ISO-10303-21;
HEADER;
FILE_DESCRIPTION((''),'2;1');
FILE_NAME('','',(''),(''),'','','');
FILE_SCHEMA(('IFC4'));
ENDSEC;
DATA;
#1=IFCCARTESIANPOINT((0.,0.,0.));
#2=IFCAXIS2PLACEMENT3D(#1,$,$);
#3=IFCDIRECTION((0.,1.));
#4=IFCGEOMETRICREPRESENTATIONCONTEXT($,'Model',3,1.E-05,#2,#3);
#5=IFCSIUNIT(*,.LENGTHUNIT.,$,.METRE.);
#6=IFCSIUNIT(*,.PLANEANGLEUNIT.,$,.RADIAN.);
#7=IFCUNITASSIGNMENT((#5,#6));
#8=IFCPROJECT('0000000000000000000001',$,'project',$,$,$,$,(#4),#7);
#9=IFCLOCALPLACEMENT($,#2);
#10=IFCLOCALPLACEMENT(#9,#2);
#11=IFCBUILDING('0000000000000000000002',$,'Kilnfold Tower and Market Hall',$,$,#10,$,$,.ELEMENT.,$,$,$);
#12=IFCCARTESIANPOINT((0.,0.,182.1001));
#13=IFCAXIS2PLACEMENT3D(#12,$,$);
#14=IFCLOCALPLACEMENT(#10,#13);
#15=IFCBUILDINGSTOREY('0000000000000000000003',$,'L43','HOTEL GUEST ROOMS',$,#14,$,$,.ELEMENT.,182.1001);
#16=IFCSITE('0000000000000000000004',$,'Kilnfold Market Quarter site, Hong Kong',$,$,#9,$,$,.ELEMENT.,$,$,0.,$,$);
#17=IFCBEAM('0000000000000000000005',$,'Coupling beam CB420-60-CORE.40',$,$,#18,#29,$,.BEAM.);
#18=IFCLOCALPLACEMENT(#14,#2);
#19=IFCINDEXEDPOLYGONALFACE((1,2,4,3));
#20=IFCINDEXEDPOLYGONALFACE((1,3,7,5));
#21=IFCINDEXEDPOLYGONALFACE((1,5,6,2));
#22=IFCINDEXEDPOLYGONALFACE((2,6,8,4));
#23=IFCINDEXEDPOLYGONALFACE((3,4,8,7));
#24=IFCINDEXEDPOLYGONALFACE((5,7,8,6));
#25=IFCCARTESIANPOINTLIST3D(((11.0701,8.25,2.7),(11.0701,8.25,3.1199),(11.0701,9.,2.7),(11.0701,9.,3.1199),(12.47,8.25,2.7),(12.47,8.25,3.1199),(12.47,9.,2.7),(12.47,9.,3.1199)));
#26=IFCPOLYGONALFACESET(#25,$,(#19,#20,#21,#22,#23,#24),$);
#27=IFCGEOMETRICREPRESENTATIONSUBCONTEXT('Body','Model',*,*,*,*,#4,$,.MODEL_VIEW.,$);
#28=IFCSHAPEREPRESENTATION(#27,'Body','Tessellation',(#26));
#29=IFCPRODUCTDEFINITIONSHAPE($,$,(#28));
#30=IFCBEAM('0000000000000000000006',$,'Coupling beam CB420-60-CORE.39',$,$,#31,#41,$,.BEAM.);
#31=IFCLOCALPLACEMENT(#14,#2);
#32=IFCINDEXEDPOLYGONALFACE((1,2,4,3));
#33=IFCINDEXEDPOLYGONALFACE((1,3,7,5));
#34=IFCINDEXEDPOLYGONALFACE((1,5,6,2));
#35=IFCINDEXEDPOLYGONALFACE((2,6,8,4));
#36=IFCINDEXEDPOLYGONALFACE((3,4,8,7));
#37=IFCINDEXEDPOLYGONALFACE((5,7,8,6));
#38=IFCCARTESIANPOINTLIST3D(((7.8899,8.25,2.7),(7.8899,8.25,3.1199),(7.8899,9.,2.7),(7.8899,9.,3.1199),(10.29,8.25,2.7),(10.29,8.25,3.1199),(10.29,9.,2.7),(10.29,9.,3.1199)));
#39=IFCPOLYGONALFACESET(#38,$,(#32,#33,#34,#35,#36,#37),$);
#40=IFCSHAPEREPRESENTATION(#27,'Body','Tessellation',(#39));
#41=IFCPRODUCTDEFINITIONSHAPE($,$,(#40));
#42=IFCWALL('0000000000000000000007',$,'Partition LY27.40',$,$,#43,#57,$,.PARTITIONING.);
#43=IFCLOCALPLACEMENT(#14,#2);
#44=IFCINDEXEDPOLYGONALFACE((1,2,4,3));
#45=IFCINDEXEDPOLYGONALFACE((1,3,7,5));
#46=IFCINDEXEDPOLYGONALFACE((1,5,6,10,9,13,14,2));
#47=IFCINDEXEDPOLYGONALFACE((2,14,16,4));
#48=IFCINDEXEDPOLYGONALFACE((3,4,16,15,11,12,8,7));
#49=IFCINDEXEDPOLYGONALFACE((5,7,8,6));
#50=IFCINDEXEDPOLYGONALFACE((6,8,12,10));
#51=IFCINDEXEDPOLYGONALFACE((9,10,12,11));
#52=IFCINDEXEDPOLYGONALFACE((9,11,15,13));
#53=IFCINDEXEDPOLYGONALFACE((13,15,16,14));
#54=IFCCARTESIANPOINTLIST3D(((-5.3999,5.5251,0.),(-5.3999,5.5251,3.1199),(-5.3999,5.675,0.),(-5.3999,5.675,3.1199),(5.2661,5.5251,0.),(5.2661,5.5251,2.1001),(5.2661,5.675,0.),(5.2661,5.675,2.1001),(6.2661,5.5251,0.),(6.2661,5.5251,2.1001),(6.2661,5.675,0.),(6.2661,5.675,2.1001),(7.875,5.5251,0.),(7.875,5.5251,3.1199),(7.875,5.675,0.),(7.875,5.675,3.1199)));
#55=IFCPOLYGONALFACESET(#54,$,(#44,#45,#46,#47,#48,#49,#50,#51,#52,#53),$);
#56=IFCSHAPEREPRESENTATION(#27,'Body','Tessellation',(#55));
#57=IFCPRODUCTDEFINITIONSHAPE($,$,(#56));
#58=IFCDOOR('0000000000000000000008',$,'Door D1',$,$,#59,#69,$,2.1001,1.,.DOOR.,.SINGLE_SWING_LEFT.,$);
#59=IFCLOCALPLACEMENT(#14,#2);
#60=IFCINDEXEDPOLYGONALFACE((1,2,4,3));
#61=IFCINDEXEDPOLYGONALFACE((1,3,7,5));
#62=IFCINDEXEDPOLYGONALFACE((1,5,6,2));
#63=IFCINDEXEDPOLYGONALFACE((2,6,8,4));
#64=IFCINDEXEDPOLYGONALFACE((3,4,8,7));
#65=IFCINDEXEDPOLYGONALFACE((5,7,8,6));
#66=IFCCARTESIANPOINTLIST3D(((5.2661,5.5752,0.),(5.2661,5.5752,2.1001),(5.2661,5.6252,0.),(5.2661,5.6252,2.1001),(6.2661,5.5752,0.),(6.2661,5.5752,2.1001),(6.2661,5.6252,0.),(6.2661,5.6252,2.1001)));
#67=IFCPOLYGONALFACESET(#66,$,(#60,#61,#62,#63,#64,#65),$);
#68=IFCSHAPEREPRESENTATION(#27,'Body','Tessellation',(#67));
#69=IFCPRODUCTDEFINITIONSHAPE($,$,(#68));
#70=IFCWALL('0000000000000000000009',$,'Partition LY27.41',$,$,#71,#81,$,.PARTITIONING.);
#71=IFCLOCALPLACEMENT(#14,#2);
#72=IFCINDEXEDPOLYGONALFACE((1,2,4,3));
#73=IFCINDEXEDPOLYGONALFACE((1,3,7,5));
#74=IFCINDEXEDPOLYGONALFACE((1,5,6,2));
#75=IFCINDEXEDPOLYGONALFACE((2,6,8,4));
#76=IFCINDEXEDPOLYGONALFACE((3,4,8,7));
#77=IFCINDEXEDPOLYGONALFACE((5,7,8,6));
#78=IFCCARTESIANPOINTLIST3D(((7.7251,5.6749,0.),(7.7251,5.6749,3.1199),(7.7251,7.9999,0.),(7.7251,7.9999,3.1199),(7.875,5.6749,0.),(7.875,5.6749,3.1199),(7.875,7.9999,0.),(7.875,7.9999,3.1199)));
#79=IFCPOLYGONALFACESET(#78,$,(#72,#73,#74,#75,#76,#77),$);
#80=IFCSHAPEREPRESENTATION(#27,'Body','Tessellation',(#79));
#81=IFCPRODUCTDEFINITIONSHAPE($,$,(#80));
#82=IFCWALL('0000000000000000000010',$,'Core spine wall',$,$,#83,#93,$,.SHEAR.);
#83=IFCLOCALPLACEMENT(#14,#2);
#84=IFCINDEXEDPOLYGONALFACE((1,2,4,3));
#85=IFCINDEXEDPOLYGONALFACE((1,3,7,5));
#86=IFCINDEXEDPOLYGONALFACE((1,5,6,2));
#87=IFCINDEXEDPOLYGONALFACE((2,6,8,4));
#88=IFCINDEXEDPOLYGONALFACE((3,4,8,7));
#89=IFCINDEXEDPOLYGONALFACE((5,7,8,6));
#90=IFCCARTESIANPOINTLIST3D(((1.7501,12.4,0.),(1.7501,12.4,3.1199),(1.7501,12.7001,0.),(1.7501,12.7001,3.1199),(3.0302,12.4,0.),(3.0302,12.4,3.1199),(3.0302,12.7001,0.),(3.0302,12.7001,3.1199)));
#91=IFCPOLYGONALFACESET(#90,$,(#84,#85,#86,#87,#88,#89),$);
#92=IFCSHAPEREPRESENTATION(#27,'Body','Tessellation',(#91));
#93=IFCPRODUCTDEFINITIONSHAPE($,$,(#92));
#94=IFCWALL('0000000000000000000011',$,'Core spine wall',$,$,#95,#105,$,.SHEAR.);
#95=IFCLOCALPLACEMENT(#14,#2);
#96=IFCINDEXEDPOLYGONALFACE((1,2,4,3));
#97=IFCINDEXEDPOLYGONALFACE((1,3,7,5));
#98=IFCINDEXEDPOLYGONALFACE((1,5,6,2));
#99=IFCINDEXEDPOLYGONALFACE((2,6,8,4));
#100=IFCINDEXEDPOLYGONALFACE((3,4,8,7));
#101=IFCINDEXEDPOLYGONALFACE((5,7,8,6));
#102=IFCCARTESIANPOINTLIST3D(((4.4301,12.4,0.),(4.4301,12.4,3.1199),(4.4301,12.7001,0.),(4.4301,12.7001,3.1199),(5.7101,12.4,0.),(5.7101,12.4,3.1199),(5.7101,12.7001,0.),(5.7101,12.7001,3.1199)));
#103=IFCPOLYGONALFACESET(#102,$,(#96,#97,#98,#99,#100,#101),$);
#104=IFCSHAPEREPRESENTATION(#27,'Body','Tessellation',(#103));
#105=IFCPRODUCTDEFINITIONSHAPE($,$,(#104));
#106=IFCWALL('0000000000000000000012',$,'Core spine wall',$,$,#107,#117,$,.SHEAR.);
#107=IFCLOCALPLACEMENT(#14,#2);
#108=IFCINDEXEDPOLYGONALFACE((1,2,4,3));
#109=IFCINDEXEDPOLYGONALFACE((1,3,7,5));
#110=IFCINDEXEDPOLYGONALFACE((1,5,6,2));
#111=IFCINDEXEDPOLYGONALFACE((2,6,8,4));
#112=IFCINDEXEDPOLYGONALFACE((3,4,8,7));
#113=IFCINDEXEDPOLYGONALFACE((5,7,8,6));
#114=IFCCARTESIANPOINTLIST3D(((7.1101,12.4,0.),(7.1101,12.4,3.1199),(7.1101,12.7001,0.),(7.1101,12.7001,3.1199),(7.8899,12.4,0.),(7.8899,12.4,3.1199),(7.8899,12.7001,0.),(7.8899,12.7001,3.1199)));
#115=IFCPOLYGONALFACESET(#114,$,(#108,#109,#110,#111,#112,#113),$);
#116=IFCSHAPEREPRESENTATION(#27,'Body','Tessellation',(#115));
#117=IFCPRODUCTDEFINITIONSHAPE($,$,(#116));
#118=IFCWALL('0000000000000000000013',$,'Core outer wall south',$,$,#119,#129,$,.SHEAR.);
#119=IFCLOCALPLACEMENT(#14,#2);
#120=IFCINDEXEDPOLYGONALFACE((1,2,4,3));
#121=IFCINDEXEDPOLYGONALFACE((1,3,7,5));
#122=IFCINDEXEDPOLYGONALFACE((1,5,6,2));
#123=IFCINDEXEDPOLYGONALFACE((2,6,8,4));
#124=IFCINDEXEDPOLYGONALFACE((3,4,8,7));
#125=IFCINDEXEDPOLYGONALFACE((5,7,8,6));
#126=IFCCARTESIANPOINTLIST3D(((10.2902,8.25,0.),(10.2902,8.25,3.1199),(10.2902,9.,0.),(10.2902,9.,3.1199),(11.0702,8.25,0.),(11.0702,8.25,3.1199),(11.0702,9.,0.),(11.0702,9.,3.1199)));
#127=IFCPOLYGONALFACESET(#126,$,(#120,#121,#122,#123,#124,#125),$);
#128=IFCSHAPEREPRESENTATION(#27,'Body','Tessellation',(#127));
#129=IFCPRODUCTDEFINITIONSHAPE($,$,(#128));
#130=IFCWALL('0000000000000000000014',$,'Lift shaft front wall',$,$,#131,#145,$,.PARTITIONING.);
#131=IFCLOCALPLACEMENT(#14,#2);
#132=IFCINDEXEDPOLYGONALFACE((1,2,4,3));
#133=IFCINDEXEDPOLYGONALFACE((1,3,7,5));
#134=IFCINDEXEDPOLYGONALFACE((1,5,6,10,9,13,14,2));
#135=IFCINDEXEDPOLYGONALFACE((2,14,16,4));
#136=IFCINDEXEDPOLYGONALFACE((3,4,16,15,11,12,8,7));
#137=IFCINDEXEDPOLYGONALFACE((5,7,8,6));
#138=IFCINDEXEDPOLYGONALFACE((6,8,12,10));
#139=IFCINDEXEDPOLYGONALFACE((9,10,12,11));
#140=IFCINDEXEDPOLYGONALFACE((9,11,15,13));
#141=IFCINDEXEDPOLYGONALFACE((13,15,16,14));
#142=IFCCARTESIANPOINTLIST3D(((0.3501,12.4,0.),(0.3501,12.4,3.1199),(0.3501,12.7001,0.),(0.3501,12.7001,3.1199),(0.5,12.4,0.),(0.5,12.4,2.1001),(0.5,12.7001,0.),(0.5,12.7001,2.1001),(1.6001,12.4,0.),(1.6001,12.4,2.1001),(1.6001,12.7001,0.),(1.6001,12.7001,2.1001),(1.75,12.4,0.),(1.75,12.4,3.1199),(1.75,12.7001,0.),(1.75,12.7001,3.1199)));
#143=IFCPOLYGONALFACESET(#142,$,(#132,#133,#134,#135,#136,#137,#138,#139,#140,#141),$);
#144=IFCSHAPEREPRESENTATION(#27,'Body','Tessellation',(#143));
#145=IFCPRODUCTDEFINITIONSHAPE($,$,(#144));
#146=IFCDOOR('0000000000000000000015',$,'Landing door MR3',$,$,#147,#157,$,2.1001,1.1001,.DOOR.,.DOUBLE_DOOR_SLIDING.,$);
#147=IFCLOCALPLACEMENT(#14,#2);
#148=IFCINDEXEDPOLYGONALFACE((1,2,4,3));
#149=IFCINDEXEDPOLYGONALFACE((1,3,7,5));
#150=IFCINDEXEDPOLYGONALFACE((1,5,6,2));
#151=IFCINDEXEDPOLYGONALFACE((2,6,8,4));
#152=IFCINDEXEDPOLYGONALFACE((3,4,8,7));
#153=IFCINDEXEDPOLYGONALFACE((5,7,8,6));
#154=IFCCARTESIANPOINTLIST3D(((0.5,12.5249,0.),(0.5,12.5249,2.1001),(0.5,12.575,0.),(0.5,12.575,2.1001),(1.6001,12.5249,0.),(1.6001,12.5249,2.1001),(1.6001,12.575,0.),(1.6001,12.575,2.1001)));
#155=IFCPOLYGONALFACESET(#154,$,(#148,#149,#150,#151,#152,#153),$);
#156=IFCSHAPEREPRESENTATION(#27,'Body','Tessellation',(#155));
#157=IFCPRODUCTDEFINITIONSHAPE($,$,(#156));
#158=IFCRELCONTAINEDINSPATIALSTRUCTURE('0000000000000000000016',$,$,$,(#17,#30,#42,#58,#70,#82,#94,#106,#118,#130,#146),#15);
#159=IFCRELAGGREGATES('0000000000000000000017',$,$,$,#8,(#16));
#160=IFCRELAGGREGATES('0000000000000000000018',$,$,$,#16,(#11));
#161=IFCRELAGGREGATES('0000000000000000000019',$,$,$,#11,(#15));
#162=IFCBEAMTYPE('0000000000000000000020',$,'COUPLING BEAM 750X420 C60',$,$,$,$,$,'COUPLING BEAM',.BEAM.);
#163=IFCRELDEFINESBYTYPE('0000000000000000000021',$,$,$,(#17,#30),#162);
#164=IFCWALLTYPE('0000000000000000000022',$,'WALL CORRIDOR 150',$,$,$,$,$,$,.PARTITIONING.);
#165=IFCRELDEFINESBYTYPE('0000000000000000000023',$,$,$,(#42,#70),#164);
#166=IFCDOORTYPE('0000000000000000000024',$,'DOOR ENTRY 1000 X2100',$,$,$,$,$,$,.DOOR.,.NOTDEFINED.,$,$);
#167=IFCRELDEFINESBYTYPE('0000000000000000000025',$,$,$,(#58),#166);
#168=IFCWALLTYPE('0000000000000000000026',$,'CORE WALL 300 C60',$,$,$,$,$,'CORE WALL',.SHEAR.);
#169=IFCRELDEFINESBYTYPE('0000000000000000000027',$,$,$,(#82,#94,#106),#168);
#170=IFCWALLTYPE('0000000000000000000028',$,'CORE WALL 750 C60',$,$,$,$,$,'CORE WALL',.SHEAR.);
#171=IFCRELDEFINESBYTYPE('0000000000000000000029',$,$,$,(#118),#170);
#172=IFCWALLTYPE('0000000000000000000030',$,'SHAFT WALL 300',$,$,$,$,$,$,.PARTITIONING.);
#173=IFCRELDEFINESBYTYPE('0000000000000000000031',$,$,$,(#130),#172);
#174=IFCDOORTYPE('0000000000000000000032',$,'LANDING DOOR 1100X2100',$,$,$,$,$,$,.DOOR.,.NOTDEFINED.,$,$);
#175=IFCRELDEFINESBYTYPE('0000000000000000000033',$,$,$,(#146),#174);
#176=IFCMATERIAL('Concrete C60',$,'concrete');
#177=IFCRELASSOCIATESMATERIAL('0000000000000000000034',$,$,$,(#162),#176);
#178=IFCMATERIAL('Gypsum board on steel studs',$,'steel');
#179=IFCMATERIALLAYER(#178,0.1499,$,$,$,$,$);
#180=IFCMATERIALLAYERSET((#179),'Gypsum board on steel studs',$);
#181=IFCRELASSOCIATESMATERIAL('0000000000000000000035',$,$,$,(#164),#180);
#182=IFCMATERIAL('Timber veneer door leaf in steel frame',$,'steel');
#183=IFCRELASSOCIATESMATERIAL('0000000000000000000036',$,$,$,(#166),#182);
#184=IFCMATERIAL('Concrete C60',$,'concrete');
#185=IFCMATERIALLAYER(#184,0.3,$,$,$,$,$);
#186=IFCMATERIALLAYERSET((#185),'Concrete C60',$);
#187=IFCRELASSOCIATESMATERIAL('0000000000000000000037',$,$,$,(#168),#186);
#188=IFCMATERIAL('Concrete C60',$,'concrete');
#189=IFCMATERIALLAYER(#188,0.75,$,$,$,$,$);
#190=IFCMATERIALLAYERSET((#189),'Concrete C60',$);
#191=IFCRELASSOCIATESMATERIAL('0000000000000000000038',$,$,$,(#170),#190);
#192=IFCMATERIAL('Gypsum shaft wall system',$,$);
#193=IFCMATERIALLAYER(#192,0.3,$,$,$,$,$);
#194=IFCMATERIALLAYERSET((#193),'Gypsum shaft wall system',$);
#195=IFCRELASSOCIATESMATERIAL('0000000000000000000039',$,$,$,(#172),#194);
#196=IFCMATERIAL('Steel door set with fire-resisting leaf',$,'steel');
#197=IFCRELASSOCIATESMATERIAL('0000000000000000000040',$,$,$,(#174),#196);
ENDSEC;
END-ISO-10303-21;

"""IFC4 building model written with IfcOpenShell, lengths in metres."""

from ifc_helpers import new_model, si_unit, direction, frame, frame_2d, origin, origin_2d, place, context, subcontext, project, spatial, rectangle, extrude, source, transform, mapped, material, layer, layer_set, material_profile, profile_set, type_object, element, fill, save


model = new_model("IFC4")

# Units and contexts
model_context = context("Model", 3, precision=1e-05, world=origin(), true_north=direction((0.0, 1.0)))
body_context = subcontext(model_context, "Body", "Model", "MODEL_VIEW")
ifc_project = project(units=[si_unit("LENGTHUNIT", "METRE"), si_unit("PLANEANGLEUNIT", "RADIAN")], contexts=[model_context])

# Site, building, storey
site_placement = place(None, origin())
site = spatial("IfcSite", under=ifc_project, at=site_placement, Name="Kilnfold Market Quarter site, Hong Kong", CompositionType="ELEMENT", RefElevation=0.0)
building_placement = place(site_placement, origin())
building = spatial("IfcBuilding", under=site, at=building_placement, Name="Kilnfold Tower and Market Hall", CompositionType="ELEMENT")
storey_placement = place(building_placement, frame((0.0, 0.0, 182.1001)))
storey = spatial("IfcBuildingStorey", under=building, at=storey_placement, Name="L43", Description="HOTEL GUEST ROOMS", CompositionType="ELEMENT", Elevation=182.1001)

# Beams
ifc_material_1 = material(Name="Concrete C60", Category="concrete")
ifc_material_profile = material_profile(ifc_material_1, rectangle(XDim=0.75, YDim=0.4199, at=origin_2d()), Name="RC 750x420")
ifc_profile_set = profile_set([ifc_material_profile], Name="Concrete C60")
beam_type = type_object("IfcBeamType", Name="COUPLING BEAM 750X420 C60", ElementType="COUPLING BEAM", PredefinedType="BEAM", material=ifc_profile_set)
shared_shape_1 = source(origin(), body_context, "Body", "SweptSolid", [
    extrude(rectangle(XDim=0.75, YDim=0.4199, at=origin_2d()), origin(), (0.0, 0.0, 1.0), 1.3999),
])
beam_1_placement = place(storey_placement, frame((11.0701, 8.625, 2.9099), z_axis=(1.0, 0.0, 0.0), x_axis=(0.0, 1.0, 0.0)))
element("IfcBeam", 1, at=beam_1_placement, inside=storey, type_object=beam_type, Name="Coupling beam CB420-60-CORE.40", PredefinedType="BEAM", context=body_context, shape_type="MappedRepresentation", body=[
    mapped(shared_shape_1, transform((0.0, 0.0, 0.0))),
])
shared_shape_2 = source(origin(), body_context, "Body", "SweptSolid", [
    extrude(rectangle(XDim=0.75, YDim=0.4199, at=origin_2d()), origin(), (0.0, 0.0, 1.0), 2.4001),
])
beam_2_placement = place(storey_placement, frame((7.8899, 8.625, 2.9099), z_axis=(1.0, 0.0, 0.0), x_axis=(0.0, 1.0, 0.0)))
element("IfcBeam", 2, at=beam_2_placement, inside=storey, type_object=beam_type, Name="Coupling beam CB420-60-CORE.39", PredefinedType="BEAM", context=body_context, shape_type="MappedRepresentation", body=[
    mapped(shared_shape_2, transform((0.0, 0.0, 0.0))),
])

# Wall, opening, door
ifc_material_2 = material(Name="Gypsum board on steel studs", Category="steel")
ifc_layer_1 = layer(ifc_material_2, 0.1499)
ifc_layer_set_1 = layer_set([ifc_layer_1], Name="Gypsum board on steel studs")
wall_type_1 = type_object("IfcWallType", Name="WALL CORRIDOR 150", PredefinedType="PARTITIONING", material=ifc_layer_set_1)
wall_1_placement = place(storey_placement, frame((7.875, 5.6001, 0.0), z_axis=(0.0, 0.0, 1.0), x_axis=(-1.0, 0.0, 0.0)))
wall_1 = element("IfcWall", 3, at=wall_1_placement, inside=storey, type_object=wall_type_1, Name="Partition LY27.40", PredefinedType="PARTITIONING", context=body_context, shape_type="SweptSolid", body=[
    extrude(rectangle(XDim=13.2749, YDim=0.1499, at=frame_2d((6.6375, 0.0))), origin(), (0.0, 0.0, 1.0), 3.1199),
])
opening_1_placement = place(wall_1_placement, frame((1.6089, 0.0, 0.0)))
opening_1 = element("IfcOpeningElement", 4, at=opening_1_placement, cuts=wall_1, PredefinedType="OPENING", context=body_context, shape_type="SweptSolid", body=[
    extrude(rectangle(XDim=1.0, YDim=2.1001, at=frame_2d((0.5, 1.05))), frame((0.0, 0.085, 0.0), z_axis=(0.0, -1.0, 0.0), x_axis=(1.0, 0.0, 0.0)), (0.0, 0.0, 1.0), 0.1699),
])
ifc_material_3 = material(Name="Timber veneer door leaf in steel frame", Category="steel")
door_type_1 = type_object("IfcDoorType", Name="DOOR ENTRY 1000 X2100", OperationType="NOTDEFINED", PredefinedType="DOOR", material=ifc_material_3)
door_1_placement = place(opening_1_placement, origin())
door_1 = element("IfcDoor", 5, at=door_1_placement, inside=storey, type_object=door_type_1, Name="Door D1", OperationType="SINGLE_SWING_LEFT", OverallHeight=2.1001, OverallWidth=1.0, PredefinedType="DOOR", context=body_context, shape_type="SweptSolid", body=[
    extrude(rectangle(XDim=1.0, YDim=2.1001, at=frame_2d((0.5, 1.05))), frame((0.0, 0.0249, 0.0), z_axis=(0.0, -1.0, 0.0), x_axis=(1.0, 0.0, 0.0)), (0.0, 0.0, 1.0), 0.05),
])
fill(opening_1, door_1)

# Walls
wall_2_placement = place(storey_placement, frame((7.8, 8.0, 0.0), z_axis=(0.0, 0.0, 1.0), x_axis=(0.0, -1.0, 0.0)))
element("IfcWall", 6, at=wall_2_placement, inside=storey, type_object=wall_type_1, Name="Partition LY27.41", PredefinedType="PARTITIONING", context=body_context, shape_type="SweptSolid", body=[
    extrude(rectangle(XDim=2.325, YDim=0.1499, at=frame_2d((1.1626, 0.0))), origin(), (0.0, 0.0, 1.0), 3.1199),
])
ifc_material_4 = material(Name="Concrete C60", Category="concrete")
ifc_layer_2 = layer(ifc_material_4, 0.3)
ifc_layer_set_2 = layer_set([ifc_layer_2], Name="Concrete C60")
wall_type_2 = type_object("IfcWallType", Name="CORE WALL 300 C60", ElementType="CORE WALL", PredefinedType="SHEAR", material=ifc_layer_set_2)
shared_shape_3 = source(origin(), body_context, "Body", "SweptSolid", [
    extrude(rectangle(XDim=1.28, YDim=0.3, at=frame_2d((0.6401, 0.0))), origin(), (0.0, 0.0, 1.0), 3.1199),
])
for number, where, z_axis, x_axis, name in (
    (7, (1.75, 12.55, 0.0), (0.0, 0.0, 1.0), (1.0, 0.0, 0.0), "Core spine wall"),
    (8, (4.4299, 12.55, 0.0), (0.0, 0.0, 1.0), (1.0, 0.0, 0.0), "Core spine wall"),
):
    element("IfcWall", number, at=place(storey_placement, frame(where, z_axis=z_axis, x_axis=x_axis)), inside=storey, type_object=wall_type_2, Name=name, PredefinedType="SHEAR", context=body_context, shape_type="MappedRepresentation", body=[
        mapped(shared_shape_3, transform((0.0, 0.0, 0.0))),
    ])
shared_shape_4 = source(origin(), body_context, "Body", "SweptSolid", [
    extrude(rectangle(XDim=0.7798, YDim=0.3, at=frame_2d((0.3899, 0.0))), origin(), (0.0, 0.0, 1.0), 3.1199),
])
wall_3_placement = place(storey_placement, frame((7.1101, 12.55, 0.0), z_axis=(0.0, 0.0, 1.0), x_axis=(1.0, 0.0, 0.0)))
element("IfcWall", 9, at=wall_3_placement, inside=storey, type_object=wall_type_2, Name="Core spine wall", PredefinedType="SHEAR", context=body_context, shape_type="MappedRepresentation", body=[
    mapped(shared_shape_4, transform((0.0, 0.0, 0.0))),
])
ifc_material_5 = material(Name="Concrete C60", Category="concrete")
ifc_layer_3 = layer(ifc_material_5, 0.75)
ifc_layer_set_3 = layer_set([ifc_layer_3], Name="Concrete C60")
wall_type_3 = type_object("IfcWallType", Name="CORE WALL 750 C60", ElementType="CORE WALL", PredefinedType="SHEAR", material=ifc_layer_set_3)
shared_shape_5 = source(origin(), body_context, "Body", "SweptSolid", [
    extrude(rectangle(XDim=0.78, YDim=0.75, at=frame_2d((0.3901, 0.0))), origin(), (0.0, 0.0, 1.0), 3.1199),
])
wall_4_placement = place(storey_placement, frame((10.29, 8.625, 0.0), z_axis=(0.0, 0.0, 1.0), x_axis=(1.0, 0.0, 0.0)))
element("IfcWall", 10, at=wall_4_placement, inside=storey, type_object=wall_type_3, Name="Core outer wall south", PredefinedType="SHEAR", context=body_context, shape_type="MappedRepresentation", body=[
    mapped(shared_shape_5, transform((0.0, 0.0, 0.0))),
])

# Wall, opening, door
ifc_material_6 = material(Name="Gypsum shaft wall system")
ifc_layer_4 = layer(ifc_material_6, 0.3)
ifc_layer_set_4 = layer_set([ifc_layer_4], Name="Gypsum shaft wall system")
wall_type_4 = type_object("IfcWallType", Name="SHAFT WALL 300", PredefinedType="PARTITIONING", material=ifc_layer_set_4)
shared_shape_6 = source(origin(), body_context, "Body", "SweptSolid", [
    extrude(rectangle(XDim=1.3999, YDim=0.3, at=frame_2d((0.7, 0.0))), origin(), (0.0, 0.0, 1.0), 3.1199),
])
wall_5_placement = place(storey_placement, frame((0.3501, 12.55, 0.0), z_axis=(0.0, 0.0, 1.0), x_axis=(1.0, 0.0, 0.0)))
wall_5 = element("IfcWall", 11, at=wall_5_placement, inside=storey, type_object=wall_type_4, Name="Lift shaft front wall", PredefinedType="PARTITIONING", context=body_context, shape_type="MappedRepresentation", body=[
    mapped(shared_shape_6, transform((0.0, 0.0, 0.0))),
])
opening_2_placement = place(wall_5_placement, frame((0.1499, 0.0, 0.0)))
opening_2 = element("IfcOpeningElement", 12, at=opening_2_placement, cuts=wall_5, PredefinedType="OPENING", context=body_context, shape_type="SweptSolid", body=[
    extrude(rectangle(XDim=1.1001, YDim=2.1001, at=frame_2d((0.55, 1.05))), frame((0.0, 0.1602, 0.0), z_axis=(0.0, -1.0, 0.0), x_axis=(1.0, 0.0, 0.0)), (0.0, 0.0, 1.0), 0.3201),
])
ifc_material_7 = material(Name="Steel door set with fire-resisting leaf", Category="steel")
door_type_2 = type_object("IfcDoorType", Name="LANDING DOOR 1100X2100", OperationType="NOTDEFINED", PredefinedType="DOOR", material=ifc_material_7)
door_2_placement = place(opening_2_placement, origin())
door_2 = element("IfcDoor", 13, at=door_2_placement, inside=storey, type_object=door_type_2, Name="Landing door MR3", OperationType="DOUBLE_DOOR_SLIDING", OverallHeight=2.1001, OverallWidth=1.1001, PredefinedType="DOOR", context=body_context, shape_type="SweptSolid", body=[
    extrude(rectangle(XDim=1.1001, YDim=2.1001, at=frame_2d((0.55, 1.05))), frame((0.0, 0.0249, 0.0), z_axis=(0.0, -1.0, 0.0), x_axis=(1.0, 0.0, 0.0)), (0.0, 0.0, 1.0), 0.05),
])
fill(opening_2, door_2)

save(model, "model.ifc")
